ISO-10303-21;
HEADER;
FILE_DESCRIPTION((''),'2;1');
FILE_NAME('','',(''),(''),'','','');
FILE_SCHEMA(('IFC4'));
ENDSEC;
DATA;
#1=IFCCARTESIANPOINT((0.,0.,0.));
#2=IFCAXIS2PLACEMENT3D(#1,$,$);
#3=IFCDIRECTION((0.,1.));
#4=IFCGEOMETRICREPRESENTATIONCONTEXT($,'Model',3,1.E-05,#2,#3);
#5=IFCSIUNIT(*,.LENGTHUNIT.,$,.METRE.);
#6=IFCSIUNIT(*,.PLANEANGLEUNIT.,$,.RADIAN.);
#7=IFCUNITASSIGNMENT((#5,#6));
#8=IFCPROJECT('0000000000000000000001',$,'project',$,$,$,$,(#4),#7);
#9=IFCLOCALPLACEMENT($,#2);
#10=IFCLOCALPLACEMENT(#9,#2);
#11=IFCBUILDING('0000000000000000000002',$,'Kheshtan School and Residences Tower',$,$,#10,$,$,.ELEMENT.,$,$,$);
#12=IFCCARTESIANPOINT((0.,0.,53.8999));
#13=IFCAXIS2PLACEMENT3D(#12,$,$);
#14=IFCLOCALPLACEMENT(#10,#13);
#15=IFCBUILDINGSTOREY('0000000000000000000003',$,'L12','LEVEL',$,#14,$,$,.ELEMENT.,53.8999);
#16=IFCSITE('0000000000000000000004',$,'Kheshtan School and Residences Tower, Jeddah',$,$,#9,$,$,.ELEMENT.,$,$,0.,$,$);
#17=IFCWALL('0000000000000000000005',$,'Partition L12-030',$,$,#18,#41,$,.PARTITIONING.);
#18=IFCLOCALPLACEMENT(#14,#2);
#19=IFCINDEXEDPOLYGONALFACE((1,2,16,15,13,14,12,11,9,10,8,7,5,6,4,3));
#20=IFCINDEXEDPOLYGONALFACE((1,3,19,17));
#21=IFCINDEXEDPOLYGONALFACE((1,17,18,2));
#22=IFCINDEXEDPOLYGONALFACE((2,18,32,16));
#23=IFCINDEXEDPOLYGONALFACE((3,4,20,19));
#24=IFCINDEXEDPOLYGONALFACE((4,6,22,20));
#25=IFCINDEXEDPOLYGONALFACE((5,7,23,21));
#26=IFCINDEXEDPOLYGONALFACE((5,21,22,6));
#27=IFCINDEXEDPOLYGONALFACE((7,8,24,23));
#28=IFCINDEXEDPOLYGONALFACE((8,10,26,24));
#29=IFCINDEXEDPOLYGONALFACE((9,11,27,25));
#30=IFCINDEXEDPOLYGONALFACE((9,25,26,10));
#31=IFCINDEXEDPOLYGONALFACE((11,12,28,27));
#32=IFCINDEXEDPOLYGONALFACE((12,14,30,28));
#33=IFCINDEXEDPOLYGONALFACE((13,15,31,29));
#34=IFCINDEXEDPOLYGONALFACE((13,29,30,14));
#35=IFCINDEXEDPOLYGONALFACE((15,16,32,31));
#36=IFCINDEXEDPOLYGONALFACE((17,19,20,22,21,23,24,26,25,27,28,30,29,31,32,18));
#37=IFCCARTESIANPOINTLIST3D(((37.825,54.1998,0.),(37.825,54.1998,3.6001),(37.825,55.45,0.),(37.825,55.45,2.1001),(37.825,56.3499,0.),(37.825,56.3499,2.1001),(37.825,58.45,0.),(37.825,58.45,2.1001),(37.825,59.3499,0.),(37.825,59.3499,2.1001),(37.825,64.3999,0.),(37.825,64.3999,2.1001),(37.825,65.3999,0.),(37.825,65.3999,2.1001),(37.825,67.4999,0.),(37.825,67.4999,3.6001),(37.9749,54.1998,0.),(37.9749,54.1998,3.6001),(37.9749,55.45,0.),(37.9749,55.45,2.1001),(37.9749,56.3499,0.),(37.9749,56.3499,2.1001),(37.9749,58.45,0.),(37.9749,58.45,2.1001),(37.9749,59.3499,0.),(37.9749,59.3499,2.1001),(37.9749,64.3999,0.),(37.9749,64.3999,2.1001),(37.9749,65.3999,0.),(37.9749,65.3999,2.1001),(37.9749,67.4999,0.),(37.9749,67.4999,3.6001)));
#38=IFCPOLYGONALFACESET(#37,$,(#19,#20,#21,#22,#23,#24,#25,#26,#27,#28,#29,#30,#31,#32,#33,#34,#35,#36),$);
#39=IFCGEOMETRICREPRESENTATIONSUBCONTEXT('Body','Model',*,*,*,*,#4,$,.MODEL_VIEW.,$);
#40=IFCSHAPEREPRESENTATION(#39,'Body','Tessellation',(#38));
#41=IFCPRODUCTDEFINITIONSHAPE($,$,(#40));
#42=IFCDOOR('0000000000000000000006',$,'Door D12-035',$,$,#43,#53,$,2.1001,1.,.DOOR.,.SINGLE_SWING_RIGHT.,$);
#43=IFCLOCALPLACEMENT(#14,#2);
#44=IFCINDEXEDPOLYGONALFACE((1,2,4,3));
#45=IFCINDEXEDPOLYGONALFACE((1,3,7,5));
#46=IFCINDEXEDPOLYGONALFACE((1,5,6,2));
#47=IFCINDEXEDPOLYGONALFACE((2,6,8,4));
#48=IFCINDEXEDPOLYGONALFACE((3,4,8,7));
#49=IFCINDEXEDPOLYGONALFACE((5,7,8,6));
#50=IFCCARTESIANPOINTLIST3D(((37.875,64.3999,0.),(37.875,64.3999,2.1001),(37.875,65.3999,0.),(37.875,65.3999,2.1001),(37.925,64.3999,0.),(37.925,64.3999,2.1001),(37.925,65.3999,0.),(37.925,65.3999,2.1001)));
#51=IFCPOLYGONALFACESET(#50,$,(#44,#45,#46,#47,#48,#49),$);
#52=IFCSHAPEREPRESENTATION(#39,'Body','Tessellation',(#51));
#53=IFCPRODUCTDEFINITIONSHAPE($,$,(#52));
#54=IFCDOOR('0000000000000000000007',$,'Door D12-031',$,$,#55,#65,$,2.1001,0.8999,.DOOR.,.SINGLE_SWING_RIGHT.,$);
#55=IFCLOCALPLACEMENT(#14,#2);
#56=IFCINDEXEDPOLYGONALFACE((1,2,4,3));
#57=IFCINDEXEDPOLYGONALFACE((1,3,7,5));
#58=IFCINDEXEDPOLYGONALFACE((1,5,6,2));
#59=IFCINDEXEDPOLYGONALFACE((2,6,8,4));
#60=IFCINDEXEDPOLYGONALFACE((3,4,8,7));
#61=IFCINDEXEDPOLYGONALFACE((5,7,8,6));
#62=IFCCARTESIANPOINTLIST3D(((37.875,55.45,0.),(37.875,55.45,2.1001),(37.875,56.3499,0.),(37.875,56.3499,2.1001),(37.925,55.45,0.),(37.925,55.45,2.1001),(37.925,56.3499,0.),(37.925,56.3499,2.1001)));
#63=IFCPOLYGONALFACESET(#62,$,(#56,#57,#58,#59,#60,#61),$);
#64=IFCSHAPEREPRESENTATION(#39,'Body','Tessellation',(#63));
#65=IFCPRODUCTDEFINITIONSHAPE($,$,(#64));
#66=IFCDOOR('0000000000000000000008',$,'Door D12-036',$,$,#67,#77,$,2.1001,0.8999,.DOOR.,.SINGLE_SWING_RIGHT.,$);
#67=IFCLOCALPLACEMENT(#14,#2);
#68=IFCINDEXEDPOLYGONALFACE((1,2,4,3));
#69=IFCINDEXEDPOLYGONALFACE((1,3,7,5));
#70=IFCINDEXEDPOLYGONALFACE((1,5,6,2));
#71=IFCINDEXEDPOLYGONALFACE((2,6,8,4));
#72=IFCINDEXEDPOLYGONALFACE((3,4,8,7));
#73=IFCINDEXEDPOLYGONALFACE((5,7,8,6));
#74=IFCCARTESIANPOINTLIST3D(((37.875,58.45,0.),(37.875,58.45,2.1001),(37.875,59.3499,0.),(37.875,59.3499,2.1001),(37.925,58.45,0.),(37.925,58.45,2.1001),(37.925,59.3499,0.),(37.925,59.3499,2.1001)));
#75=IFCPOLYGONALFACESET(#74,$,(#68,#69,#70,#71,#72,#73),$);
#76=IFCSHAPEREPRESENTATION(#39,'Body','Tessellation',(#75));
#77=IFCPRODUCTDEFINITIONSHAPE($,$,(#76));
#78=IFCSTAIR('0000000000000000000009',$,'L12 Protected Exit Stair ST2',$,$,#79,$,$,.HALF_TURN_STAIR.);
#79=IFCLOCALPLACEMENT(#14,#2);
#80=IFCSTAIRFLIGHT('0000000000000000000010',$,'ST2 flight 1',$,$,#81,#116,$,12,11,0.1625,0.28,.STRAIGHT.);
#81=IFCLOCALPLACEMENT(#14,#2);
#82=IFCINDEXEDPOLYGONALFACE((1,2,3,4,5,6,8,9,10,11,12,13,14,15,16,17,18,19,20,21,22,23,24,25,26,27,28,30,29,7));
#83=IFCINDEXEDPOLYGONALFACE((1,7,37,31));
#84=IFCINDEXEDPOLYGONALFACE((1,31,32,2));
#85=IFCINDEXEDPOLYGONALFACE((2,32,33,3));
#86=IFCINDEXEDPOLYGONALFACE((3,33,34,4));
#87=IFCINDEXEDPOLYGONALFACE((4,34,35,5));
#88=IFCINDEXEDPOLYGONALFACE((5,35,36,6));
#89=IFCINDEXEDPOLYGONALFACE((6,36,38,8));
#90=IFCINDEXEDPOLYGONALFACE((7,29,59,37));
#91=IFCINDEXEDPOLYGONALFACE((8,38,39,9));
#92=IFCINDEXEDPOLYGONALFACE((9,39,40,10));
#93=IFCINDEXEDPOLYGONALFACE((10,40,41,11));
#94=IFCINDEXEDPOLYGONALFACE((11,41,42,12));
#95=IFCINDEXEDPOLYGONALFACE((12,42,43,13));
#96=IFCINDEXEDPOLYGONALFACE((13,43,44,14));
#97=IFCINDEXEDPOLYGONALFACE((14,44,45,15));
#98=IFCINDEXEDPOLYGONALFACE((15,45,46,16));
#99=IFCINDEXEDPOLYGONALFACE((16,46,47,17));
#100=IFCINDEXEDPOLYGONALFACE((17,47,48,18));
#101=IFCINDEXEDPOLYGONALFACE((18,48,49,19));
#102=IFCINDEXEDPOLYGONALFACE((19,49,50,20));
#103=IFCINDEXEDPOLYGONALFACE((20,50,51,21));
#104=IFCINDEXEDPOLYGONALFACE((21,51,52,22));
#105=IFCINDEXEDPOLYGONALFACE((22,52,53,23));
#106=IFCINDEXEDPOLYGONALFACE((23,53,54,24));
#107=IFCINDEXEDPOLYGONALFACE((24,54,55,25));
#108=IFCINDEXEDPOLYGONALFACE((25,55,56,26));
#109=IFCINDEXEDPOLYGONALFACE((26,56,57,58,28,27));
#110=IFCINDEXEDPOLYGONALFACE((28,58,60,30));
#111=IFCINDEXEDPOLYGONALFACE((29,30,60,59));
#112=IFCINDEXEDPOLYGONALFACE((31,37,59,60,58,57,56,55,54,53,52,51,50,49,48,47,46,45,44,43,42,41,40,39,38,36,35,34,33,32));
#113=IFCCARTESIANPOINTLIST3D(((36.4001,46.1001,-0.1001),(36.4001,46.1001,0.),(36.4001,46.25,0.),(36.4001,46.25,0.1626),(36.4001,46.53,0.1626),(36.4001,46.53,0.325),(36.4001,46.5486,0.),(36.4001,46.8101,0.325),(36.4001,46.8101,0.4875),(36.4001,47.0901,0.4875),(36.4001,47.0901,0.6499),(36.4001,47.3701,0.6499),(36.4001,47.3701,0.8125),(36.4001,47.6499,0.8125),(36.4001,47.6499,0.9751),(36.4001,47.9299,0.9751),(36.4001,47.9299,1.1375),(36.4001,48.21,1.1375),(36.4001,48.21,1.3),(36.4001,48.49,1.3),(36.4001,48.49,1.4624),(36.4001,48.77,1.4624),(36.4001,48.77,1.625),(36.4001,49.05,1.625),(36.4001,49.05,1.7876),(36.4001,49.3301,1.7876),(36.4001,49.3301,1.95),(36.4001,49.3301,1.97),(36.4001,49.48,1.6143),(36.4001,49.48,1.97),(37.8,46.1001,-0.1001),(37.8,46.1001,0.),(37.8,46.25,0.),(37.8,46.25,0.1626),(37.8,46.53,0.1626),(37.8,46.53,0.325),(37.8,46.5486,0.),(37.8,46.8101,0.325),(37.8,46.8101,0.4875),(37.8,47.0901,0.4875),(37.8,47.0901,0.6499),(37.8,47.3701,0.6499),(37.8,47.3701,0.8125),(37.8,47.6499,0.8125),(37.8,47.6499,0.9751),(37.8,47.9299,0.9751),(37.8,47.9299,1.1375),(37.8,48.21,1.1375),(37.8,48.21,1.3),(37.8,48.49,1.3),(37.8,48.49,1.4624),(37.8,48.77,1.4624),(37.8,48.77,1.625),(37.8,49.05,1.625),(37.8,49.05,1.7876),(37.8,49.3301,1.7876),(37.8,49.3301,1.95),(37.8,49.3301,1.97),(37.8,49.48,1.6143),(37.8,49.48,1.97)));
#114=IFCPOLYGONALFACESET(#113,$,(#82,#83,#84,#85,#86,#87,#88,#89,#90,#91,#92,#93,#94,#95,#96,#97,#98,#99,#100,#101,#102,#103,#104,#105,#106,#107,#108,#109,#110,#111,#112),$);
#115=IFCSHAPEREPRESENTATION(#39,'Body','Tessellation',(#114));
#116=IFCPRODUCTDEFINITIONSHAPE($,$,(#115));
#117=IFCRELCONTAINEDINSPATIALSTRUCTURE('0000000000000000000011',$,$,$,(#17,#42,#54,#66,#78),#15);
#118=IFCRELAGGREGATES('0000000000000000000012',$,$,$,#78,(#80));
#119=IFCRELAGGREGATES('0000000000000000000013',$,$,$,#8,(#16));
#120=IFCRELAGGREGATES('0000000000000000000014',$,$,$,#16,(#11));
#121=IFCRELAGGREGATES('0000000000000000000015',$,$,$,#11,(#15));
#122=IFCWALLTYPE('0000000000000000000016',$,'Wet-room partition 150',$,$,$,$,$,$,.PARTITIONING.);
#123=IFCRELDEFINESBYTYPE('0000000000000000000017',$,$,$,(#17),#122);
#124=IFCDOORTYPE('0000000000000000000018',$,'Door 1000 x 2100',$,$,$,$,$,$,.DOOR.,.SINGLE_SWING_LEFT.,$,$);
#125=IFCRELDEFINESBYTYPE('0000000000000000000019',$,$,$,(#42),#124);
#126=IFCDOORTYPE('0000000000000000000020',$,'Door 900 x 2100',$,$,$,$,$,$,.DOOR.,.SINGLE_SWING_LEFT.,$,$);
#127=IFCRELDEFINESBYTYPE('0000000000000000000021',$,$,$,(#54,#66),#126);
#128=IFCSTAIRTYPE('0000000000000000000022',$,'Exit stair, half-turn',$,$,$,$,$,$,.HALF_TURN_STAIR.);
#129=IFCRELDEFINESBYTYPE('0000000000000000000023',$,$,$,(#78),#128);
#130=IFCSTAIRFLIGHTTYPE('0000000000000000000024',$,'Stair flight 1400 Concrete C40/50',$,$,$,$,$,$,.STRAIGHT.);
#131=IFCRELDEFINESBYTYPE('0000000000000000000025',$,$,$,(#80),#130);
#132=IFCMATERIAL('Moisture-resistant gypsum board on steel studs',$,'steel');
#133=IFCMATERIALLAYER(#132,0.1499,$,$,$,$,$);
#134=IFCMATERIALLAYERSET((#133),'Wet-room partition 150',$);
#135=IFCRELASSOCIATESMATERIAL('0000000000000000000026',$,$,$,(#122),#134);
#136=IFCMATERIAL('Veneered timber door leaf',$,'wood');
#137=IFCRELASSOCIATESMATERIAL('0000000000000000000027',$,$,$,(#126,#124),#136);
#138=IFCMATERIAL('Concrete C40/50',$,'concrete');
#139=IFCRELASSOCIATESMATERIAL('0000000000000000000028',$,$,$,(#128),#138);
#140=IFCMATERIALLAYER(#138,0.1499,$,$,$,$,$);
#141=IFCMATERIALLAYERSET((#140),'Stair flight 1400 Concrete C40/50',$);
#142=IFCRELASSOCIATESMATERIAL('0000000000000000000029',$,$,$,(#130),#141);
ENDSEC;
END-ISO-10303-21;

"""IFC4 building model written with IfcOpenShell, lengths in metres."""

from ifc_helpers import new_model, si_unit, direction, frame, frame_2d, origin, place, context, subcontext, project, spatial, polyline, rectangle, outline, extrude, source, transform, mapped, material, layer, layer_set, type_object, element, fill, aggregate, save


model = new_model("IFC4")

# Units and contexts
model_context = context("Model", 3, precision=1e-05, world=origin(), true_north=direction((0.0, 1.0)))
body_context = subcontext(model_context, "Body", "Model", "MODEL_VIEW")
ifc_project = project(units=[si_unit("LENGTHUNIT", "METRE"), si_unit("PLANEANGLEUNIT", "RADIAN")], contexts=[model_context])

# Site, building, storey
site_placement = place(None, origin())
site = spatial("IfcSite", under=ifc_project, at=site_placement, Name="Kheshtan School and Residences Tower, Jeddah", CompositionType="ELEMENT", RefElevation=0.0)
building_placement = place(site_placement, origin())
building = spatial("IfcBuilding", under=site, at=building_placement, Name="Kheshtan School and Residences Tower", CompositionType="ELEMENT")
storey_placement = place(building_placement, frame((0.0, 0.0, 53.8999)))
storey = spatial("IfcBuildingStorey", under=building, at=storey_placement, Name="L12", Description="LEVEL", CompositionType="ELEMENT", Elevation=53.8999)

# Wall, openings, doors
ifc_material_1 = material(Name="Moisture-resistant gypsum board on steel studs", Category="steel")
ifc_layer_1 = layer(ifc_material_1, 0.1499)
ifc_layer_set_1 = layer_set([ifc_layer_1], Name="Wet-room partition 150")
wall_type_1 = type_object("IfcWallType", Name="Wet-room partition 150", PredefinedType="PARTITIONING", material=ifc_layer_set_1)
ifc_material_2 = material(Name="Veneered timber door leaf", Category="wood")
door_type_1 = type_object("IfcDoorType", Name="Door 900 x 2100", OperationType="SINGLE_SWING_LEFT", PredefinedType="DOOR", material=ifc_material_2)
shared_shape_1 = source(origin(), body_context, "Body", "SweptSolid", [
    extrude(rectangle(XDim=0.8999, YDim=2.1001, at=frame_2d((0.45, 1.05))), frame((0.0, 0.0249, 0.0), z_axis=(0.0, -1.0, 0.0), x_axis=(1.0, 0.0, 0.0)), (0.0, 0.0, 1.0), 0.05),
])
wall_1_placement = place(storey_placement, frame((37.8999, 54.2, 0.0), z_axis=(0.0, 0.0, 1.0), x_axis=(0.0, 1.0, 0.0)))
wall_1 = element("IfcWall", 1, at=wall_1_placement, inside=storey, type_object=wall_type_1, Name="Partition L12-030", PredefinedType="PARTITIONING", context=body_context, shape_type="SweptSolid", body=[
    extrude(rectangle(XDim=13.3, YDim=0.1499, at=frame_2d((6.6499, 0.0))), origin(), (0.0, 0.0, 1.0), 3.6001),
])
opening_1_placement = place(wall_1_placement, frame((1.25, 0.0, 0.0)))
opening_1 = element("IfcOpeningElement", 2, at=opening_1_placement, cuts=wall_1, PredefinedType="OPENING", context=body_context, shape_type="SweptSolid", body=[
    extrude(rectangle(XDim=0.8999, YDim=2.1001, at=frame_2d((0.45, 1.05))), frame((0.0, 0.085, 0.0), z_axis=(0.0, -1.0, 0.0), x_axis=(1.0, 0.0, 0.0)), (0.0, 0.0, 1.0), 0.1699),
])
opening_2_placement = place(wall_1_placement, frame((10.2, 0.0, 0.0)))
opening_2 = element("IfcOpeningElement", 3, at=opening_2_placement, cuts=wall_1, PredefinedType="OPENING", context=body_context, shape_type="SweptSolid", body=[
    extrude(rectangle(XDim=1.0, YDim=2.1001, at=frame_2d((0.5, 1.05))), frame((0.0, 0.085, 0.0), z_axis=(0.0, -1.0, 0.0), x_axis=(1.0, 0.0, 0.0)), (0.0, 0.0, 1.0), 0.1699),
])
opening_3_placement = place(wall_1_placement, frame((4.25, 0.0, 0.0)))
opening_3 = element("IfcOpeningElement", 4, at=opening_3_placement, cuts=wall_1, PredefinedType="OPENING", context=body_context, shape_type="SweptSolid", body=[
    extrude(rectangle(XDim=0.8999, YDim=2.1001, at=frame_2d((0.45, 1.05))), frame((0.0, 0.085, 0.0), z_axis=(0.0, -1.0, 0.0), x_axis=(1.0, 0.0, 0.0)), (0.0, 0.0, 1.0), 0.1699),
])
door_type_2 = type_object("IfcDoorType", Name="Door 1000 x 2100", OperationType="SINGLE_SWING_LEFT", PredefinedType="DOOR", material=ifc_material_2)
shared_shape_2 = source(origin(), body_context, "Body", "SweptSolid", [
    extrude(rectangle(XDim=1.0, YDim=2.1001, at=frame_2d((0.5, 1.05))), frame((0.0, 0.0249, 0.0), z_axis=(0.0, -1.0, 0.0), x_axis=(1.0, 0.0, 0.0)), (0.0, 0.0, 1.0), 0.05),
])
door_1_placement = place(opening_2_placement, origin())
door_1 = element("IfcDoor", 5, at=door_1_placement, inside=storey, type_object=door_type_2, Name="Door D12-035", OperationType="SINGLE_SWING_RIGHT", OverallHeight=2.1001, OverallWidth=1.0, PredefinedType="DOOR", context=body_context, shape_type="MappedRepresentation", body=[
    mapped(shared_shape_2, transform((0.0, 0.0, 0.0), x_axis=(1.0, 0.0, 0.0), y_axis=(0.0, 1.0, 0.0), z_axis=(0.0, 0.0, 1.0), scale=1.0)),
])
fill(opening_2, door_1)
door_2_placement = place(opening_1_placement, origin())
door_2 = element("IfcDoor", 6, at=door_2_placement, inside=storey, type_object=door_type_1, Name="Door D12-031", OperationType="SINGLE_SWING_RIGHT", OverallHeight=2.1001, OverallWidth=0.8999, PredefinedType="DOOR", context=body_context, shape_type="MappedRepresentation", body=[
    mapped(shared_shape_1, transform((0.0, 0.0, 0.0), x_axis=(1.0, 0.0, 0.0), y_axis=(0.0, 1.0, 0.0), z_axis=(0.0, 0.0, 1.0), scale=1.0)),
])
fill(opening_1, door_2)
door_3_placement = place(opening_3_placement, origin())
door_3 = element("IfcDoor", 7, at=door_3_placement, inside=storey, type_object=door_type_1, Name="Door D12-036", OperationType="SINGLE_SWING_RIGHT", OverallHeight=2.1001, OverallWidth=0.8999, PredefinedType="DOOR", context=body_context, shape_type="MappedRepresentation", body=[
    mapped(shared_shape_1, transform((0.0, 0.0, 0.0), x_axis=(1.0, 0.0, 0.0), y_axis=(0.0, 1.0, 0.0), z_axis=(0.0, 0.0, 1.0), scale=1.0)),
])
fill(opening_3, door_3)

# Stair, stair flight
ifc_material_3 = material(Name="Concrete C40/50", Category="concrete")
stair_type = type_object("IfcStairType", Name="Exit stair, half-turn", PredefinedType="HALF_TURN_STAIR", material=ifc_material_3)
stair_placement = place(storey_placement, origin())
stair = element("IfcStair", 8, at=stair_placement, inside=storey, type_object=stair_type, Name="L12 Protected Exit Stair ST2", PredefinedType="HALF_TURN_STAIR")
ifc_layer_2 = layer(ifc_material_3, 0.1499)
ifc_layer_set_2 = layer_set([ifc_layer_2], Name="Stair flight 1400 Concrete C40/50")
stair_flight_type = type_object("IfcStairFlightType", Name="Stair flight 1400 Concrete C40/50", PredefinedType="STRAIGHT", material=ifc_layer_set_2)
stair_flight_placement = place(storey_placement, frame((37.1001, 46.25, 0.0), z_axis=(0.0, 0.0, 1.0), x_axis=(0.0, 1.0, 0.0)))
stair_flight = element("IfcStairFlight", 9, at=stair_flight_placement, type_object=stair_flight_type, Name="ST2 flight 1", NumberOfRisers=12, NumberOfTreads=11, PredefinedType="STRAIGHT", RiserHeight=0.1625, TreadLength=0.28, context=body_context, shape_type="SweptSolid", body=[
    extrude(outline(polyline([(-0.1499, -0.1001), (-0.1499, 0.0), (0.0, 0.0), (0.0, 0.1626), (0.28, 0.1626), (0.28, 0.325), (0.5601, 0.325), (0.5601, 0.4875), (0.8401, 0.4875), (0.8401, 0.6499), (1.1201, 0.6499), (1.1201, 0.8125), (1.3999, 0.8125), (1.3999, 0.9751), (1.6799, 0.9751), (1.6799, 1.1375), (1.96, 1.1375), (1.96, 1.3), (2.24, 1.3), (2.24, 1.4624), (2.52, 1.4624), (2.52, 1.625), (2.8, 1.625), (2.8, 1.7876), (3.0801, 1.7876), (3.0801, 1.95), (3.0801, 1.97), (3.23, 1.97), (3.23, 1.6143), (0.2986, 0.0), (-0.1499, -0.1001)])), frame((0.0, 0.7, 0.0), z_axis=(0.0, -1.0, 0.0), x_axis=(1.0, 0.0, 0.0)), (0.0, 0.0, 1.0), 1.3999),
])
aggregate(stair, [stair_flight])

save(model, "model.ifc")
